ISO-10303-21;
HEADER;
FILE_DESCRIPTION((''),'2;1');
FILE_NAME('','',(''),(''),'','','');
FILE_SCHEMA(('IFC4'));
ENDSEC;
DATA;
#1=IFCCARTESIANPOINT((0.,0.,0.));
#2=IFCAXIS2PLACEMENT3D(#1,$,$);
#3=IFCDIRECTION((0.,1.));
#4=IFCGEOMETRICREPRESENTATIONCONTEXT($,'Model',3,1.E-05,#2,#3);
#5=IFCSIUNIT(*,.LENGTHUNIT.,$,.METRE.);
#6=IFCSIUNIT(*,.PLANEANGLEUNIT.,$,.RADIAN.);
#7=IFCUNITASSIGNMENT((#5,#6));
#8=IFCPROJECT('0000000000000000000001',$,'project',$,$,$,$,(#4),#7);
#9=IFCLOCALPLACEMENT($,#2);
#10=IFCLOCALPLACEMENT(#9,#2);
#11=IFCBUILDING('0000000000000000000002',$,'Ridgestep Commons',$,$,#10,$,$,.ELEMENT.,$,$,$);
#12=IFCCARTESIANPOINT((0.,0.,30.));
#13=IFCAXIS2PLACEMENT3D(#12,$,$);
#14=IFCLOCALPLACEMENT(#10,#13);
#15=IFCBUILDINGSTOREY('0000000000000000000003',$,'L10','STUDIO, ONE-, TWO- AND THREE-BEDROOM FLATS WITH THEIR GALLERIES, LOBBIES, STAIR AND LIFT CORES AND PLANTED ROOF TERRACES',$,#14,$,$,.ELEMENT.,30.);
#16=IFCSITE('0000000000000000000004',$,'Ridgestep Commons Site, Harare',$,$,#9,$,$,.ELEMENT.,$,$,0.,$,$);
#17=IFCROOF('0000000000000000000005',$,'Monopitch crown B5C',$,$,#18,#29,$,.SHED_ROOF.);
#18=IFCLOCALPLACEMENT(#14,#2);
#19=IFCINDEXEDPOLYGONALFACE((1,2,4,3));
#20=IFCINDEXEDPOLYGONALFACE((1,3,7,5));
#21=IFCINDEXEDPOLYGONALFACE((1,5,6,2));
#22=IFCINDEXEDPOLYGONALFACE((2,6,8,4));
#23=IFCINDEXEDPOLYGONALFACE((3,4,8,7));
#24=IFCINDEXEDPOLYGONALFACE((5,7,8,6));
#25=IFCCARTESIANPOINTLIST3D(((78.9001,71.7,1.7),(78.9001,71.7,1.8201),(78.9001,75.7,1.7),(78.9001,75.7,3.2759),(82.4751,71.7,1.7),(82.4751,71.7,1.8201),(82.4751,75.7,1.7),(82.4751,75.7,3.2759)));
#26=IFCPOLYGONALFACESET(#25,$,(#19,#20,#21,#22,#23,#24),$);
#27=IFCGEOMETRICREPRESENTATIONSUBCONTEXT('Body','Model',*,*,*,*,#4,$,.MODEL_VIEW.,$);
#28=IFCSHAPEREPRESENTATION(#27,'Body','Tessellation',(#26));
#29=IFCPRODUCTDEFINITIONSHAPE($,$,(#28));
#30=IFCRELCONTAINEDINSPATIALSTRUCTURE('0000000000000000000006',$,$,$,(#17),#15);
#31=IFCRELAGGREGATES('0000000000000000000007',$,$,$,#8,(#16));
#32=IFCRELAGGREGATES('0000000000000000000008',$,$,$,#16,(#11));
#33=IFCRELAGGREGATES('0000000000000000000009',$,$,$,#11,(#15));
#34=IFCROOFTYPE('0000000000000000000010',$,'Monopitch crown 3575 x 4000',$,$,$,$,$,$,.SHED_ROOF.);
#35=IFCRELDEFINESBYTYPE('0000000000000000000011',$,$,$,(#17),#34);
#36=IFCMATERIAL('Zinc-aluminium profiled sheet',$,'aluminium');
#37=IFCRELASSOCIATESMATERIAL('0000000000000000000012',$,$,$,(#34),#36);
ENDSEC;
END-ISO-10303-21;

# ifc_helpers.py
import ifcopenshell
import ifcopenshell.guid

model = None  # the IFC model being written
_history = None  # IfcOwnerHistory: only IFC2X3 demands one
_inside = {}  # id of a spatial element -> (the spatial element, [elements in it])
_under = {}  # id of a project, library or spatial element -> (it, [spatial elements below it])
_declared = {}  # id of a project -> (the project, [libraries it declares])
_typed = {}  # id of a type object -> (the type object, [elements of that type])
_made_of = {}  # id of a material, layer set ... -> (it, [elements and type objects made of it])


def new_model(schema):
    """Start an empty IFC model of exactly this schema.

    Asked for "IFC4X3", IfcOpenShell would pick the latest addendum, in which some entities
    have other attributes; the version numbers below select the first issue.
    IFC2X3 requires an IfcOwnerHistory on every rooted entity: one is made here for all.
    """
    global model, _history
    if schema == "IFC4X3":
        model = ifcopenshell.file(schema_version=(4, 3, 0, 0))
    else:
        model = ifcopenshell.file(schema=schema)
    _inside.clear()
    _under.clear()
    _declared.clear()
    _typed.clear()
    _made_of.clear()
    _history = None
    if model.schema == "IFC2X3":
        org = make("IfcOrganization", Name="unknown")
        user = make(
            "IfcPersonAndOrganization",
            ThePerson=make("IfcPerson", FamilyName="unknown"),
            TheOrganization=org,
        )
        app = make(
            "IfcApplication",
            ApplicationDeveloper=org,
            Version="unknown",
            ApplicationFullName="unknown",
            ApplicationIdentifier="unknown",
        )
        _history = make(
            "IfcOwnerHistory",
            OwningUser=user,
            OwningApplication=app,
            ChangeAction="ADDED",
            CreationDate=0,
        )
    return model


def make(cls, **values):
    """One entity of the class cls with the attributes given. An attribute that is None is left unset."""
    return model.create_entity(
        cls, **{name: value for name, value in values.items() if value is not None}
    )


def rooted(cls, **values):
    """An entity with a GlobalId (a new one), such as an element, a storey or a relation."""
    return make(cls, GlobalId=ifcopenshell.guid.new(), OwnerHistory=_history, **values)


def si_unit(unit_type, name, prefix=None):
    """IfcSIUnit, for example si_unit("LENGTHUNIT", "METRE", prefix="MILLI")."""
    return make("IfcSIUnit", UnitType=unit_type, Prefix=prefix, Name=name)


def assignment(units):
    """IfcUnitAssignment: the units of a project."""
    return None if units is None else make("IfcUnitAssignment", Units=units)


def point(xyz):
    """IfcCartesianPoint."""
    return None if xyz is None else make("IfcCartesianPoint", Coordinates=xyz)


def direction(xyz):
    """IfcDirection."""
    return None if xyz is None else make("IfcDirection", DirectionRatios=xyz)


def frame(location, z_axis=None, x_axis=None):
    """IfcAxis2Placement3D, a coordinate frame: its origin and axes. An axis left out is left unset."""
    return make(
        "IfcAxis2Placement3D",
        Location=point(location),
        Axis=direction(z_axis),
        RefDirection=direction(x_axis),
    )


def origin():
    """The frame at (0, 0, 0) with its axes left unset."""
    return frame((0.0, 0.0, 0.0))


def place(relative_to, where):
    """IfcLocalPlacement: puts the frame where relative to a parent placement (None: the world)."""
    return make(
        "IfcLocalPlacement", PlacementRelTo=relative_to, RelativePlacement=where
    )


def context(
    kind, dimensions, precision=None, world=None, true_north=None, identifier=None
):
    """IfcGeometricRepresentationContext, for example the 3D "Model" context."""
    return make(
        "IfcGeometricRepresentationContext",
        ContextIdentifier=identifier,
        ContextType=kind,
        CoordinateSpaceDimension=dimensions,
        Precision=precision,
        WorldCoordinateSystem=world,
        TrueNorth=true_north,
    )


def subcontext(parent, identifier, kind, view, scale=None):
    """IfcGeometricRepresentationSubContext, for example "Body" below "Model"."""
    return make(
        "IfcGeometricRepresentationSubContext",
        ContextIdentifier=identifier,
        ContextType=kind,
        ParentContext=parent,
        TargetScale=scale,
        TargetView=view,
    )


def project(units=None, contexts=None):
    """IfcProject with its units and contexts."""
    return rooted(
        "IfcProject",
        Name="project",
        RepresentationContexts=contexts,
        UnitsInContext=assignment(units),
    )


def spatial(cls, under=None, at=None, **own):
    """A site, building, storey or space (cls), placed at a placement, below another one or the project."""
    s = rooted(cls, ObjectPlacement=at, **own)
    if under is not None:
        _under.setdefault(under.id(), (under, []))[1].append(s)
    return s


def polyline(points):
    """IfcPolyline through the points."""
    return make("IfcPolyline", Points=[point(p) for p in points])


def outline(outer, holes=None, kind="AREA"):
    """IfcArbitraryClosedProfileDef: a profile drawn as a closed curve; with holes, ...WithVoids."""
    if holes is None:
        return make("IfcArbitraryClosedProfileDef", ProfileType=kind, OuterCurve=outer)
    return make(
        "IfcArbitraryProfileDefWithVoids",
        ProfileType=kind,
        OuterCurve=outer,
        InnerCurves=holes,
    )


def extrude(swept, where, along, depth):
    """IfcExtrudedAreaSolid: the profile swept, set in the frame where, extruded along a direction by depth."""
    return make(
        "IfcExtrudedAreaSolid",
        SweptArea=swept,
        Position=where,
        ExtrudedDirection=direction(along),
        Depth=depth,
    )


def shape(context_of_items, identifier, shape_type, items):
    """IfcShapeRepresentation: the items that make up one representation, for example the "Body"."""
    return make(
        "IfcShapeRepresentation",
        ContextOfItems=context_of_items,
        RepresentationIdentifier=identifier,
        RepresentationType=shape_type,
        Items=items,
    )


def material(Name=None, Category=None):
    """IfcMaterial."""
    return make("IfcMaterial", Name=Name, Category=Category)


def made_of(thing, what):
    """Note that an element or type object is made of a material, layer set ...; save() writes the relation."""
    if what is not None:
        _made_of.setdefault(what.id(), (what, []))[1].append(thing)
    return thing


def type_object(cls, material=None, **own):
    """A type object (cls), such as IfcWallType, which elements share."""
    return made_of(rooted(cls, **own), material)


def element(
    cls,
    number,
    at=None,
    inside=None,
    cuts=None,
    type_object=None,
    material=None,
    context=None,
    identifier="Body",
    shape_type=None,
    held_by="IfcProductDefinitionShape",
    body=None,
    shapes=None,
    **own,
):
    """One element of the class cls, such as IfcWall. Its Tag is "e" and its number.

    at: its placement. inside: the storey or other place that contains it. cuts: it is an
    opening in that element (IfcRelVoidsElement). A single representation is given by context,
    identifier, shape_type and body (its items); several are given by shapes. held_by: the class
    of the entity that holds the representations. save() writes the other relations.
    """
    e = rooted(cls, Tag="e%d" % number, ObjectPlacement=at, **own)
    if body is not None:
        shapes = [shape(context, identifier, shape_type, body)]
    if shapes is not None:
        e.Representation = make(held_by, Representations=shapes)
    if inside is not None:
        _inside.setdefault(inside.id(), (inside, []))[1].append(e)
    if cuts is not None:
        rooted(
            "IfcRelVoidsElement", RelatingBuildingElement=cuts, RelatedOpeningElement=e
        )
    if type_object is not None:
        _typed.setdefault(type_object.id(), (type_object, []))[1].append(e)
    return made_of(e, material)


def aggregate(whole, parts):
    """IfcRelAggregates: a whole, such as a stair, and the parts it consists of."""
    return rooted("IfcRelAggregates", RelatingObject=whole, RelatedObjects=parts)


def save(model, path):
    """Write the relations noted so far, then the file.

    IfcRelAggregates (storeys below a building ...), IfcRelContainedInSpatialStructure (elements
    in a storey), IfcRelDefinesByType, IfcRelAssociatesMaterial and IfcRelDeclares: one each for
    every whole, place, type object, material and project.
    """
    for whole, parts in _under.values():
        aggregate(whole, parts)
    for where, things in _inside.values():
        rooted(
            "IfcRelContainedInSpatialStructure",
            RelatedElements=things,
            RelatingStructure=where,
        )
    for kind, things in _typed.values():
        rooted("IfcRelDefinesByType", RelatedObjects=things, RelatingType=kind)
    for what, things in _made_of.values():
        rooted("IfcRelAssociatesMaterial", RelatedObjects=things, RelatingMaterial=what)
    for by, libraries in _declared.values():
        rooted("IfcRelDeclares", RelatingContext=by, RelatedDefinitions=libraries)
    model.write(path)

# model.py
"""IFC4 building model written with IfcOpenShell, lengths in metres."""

from ifc_helpers import new_model, si_unit, direction, frame, origin, place, context, subcontext, project, spatial, polyline, outline, extrude, material, type_object, element, save


model = new_model("IFC4")

# Units and contexts
model_context = context("Model", 3, precision=1e-05, world=origin(), true_north=direction((0.0, 1.0)))
body_context = subcontext(model_context, "Body", "Model", "MODEL_VIEW")
ifc_project = project(units=[si_unit("LENGTHUNIT", "METRE"), si_unit("PLANEANGLEUNIT", "RADIAN")], contexts=[model_context])

# Site, building, storey
site_placement = place(None, origin())
site = spatial("IfcSite", under=ifc_project, at=site_placement, Name="Ridgestep Commons Site, Harare", CompositionType="ELEMENT", RefElevation=0.0)
building_placement = place(site_placement, origin())
building = spatial("IfcBuilding", under=site, at=building_placement, Name="Ridgestep Commons", CompositionType="ELEMENT")
storey_placement = place(building_placement, frame((0.0, 0.0, 30.0)))
storey = spatial("IfcBuildingStorey", under=building, at=storey_placement, Name="L10", Description="STUDIO, ONE-, TWO- AND THREE-BEDROOM FLATS WITH THEIR GALLERIES, LOBBIES, STAIR AND LIFT CORES AND PLANTED ROOF TERRACES", CompositionType="ELEMENT", Elevation=30.0)

# Roof
ifc_material_1 = material(Name="Zinc-aluminium profiled sheet", Category="aluminium")
roof_type = type_object("IfcRoofType", Name="Monopitch crown 3575 x 4000", PredefinedType="SHED_ROOF", material=ifc_material_1)
roof_placement = place(storey_placement, frame((80.6875, 75.7, 1.7), z_axis=(0.0, 0.0, 1.0), x_axis=(0.0, -1.0, 0.0)))
element("IfcRoof", 1, at=roof_placement, inside=storey, type_object=roof_type, Name="Monopitch crown B5C", PredefinedType="SHED_ROOF", context=body_context, shape_type="SweptSolid", body=[
    extrude(outline(polyline([(0.0, 0.0), (4.0, 0.0), (4.0, 0.1201), (0.0, 1.5759), (0.0, 0.0)])), frame((0.0, 1.7876, 0.0), z_axis=(0.0, -1.0, 0.0), x_axis=(1.0, 0.0, 0.0)), (0.0, 0.0, 1.0), 3.575),
])

save(model, "model.ifc")
